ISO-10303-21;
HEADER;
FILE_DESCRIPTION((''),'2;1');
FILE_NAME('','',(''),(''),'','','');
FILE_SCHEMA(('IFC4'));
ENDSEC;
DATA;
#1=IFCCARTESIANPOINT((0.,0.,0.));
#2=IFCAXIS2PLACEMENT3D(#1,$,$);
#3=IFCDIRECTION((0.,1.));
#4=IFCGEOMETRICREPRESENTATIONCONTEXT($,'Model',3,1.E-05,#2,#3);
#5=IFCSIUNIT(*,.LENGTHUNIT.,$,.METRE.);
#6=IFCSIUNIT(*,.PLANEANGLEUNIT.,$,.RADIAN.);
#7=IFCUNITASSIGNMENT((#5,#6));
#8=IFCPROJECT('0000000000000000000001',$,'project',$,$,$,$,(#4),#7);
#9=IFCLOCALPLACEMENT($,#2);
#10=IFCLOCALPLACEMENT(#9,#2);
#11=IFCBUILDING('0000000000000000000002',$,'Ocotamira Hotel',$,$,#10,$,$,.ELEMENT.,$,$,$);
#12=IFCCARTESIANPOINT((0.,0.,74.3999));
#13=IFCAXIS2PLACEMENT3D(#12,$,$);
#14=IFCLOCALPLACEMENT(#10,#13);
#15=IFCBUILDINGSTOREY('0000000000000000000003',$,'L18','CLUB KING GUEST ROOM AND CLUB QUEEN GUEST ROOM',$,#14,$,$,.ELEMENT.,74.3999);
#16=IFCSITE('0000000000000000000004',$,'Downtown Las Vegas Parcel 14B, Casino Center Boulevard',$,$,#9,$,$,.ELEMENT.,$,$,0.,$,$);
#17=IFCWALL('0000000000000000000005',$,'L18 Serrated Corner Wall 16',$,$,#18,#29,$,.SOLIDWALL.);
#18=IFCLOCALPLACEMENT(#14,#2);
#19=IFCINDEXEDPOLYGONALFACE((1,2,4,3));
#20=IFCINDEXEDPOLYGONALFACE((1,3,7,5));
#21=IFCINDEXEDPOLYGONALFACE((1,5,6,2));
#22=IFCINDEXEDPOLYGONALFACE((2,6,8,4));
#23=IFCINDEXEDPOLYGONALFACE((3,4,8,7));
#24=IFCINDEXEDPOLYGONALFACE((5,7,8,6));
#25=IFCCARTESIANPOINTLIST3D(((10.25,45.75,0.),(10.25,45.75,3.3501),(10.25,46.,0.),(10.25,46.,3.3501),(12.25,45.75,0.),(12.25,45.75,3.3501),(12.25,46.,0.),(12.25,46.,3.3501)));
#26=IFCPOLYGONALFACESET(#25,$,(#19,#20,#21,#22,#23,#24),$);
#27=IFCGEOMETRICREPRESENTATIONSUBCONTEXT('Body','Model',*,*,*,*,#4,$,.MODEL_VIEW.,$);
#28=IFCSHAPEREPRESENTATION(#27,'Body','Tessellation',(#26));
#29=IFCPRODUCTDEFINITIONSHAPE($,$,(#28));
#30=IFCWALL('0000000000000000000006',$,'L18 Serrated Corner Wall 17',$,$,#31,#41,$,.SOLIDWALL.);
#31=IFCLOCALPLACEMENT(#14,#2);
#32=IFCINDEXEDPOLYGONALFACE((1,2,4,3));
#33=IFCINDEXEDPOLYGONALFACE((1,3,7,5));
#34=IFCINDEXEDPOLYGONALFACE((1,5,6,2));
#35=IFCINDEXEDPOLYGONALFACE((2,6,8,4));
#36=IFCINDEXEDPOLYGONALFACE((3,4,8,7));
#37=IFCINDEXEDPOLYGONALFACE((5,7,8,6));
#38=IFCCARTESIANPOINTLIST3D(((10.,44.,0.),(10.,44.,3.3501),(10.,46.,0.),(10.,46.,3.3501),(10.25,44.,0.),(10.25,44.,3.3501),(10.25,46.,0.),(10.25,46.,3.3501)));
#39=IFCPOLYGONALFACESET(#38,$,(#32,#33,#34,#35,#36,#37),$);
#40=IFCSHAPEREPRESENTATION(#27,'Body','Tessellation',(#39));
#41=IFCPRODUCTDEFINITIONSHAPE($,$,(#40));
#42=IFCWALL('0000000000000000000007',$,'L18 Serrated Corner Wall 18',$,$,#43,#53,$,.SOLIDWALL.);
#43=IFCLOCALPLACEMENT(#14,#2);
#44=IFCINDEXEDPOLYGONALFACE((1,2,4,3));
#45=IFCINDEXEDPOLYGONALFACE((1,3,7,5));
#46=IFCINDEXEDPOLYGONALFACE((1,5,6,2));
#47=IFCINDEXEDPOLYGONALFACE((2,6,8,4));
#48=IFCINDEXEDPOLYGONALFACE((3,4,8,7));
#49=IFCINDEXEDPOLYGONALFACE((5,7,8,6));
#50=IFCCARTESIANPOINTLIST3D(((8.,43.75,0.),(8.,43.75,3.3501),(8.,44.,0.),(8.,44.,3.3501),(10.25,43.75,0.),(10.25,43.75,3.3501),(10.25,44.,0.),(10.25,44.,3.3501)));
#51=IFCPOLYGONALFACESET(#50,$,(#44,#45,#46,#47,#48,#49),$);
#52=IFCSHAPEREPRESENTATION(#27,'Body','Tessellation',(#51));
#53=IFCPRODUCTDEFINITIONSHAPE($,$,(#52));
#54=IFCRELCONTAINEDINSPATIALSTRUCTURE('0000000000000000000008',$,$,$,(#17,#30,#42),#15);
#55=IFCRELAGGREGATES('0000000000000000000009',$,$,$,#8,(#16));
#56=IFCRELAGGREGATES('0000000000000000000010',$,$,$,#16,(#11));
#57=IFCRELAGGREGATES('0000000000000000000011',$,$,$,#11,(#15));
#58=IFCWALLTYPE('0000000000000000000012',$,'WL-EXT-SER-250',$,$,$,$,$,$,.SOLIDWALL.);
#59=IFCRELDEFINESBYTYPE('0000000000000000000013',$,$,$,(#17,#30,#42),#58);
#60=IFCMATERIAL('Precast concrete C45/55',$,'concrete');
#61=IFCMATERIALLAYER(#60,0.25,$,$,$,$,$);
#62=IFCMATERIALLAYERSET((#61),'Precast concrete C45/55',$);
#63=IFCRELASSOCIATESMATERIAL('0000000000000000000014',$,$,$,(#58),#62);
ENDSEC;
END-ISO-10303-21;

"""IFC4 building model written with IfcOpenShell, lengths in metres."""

from ifc_helpers import new_model, si_unit, direction, frame, frame_2d, origin, place, context, subcontext, project, spatial, rectangle, extrude, material, layer, layer_set, type_object, element, save


model = new_model("IFC4")

# Units and contexts
model_context = context("Model", 3, precision=1e-05, world=origin(), true_north=direction((0.0, 1.0)))
body_context = subcontext(model_context, "Body", "Model", "MODEL_VIEW")
ifc_project = project(units=[si_unit("LENGTHUNIT", "METRE"), si_unit("PLANEANGLEUNIT", "RADIAN")], contexts=[model_context])

# Site, building, storey
site_placement = place(None, origin())
site = spatial("IfcSite", under=ifc_project, at=site_placement, Name="Downtown Las Vegas Parcel 14B, Casino Center Boulevard", CompositionType="ELEMENT", RefElevation=0.0)
building_placement = place(site_placement, origin())
building = spatial("IfcBuilding", under=site, at=building_placement, Name="Ocotamira Hotel", CompositionType="ELEMENT")
storey_placement = place(building_placement, frame((0.0, 0.0, 74.3999)))
storey = spatial("IfcBuildingStorey", under=building, at=storey_placement, Name="L18", Description="CLUB KING GUEST ROOM AND CLUB QUEEN GUEST ROOM", CompositionType="ELEMENT", Elevation=74.3999)

# Shared definitions
ifc_material_1 = material(Name="Precast concrete C45/55", Category="concrete")
ifc_layer_1 = layer(ifc_material_1, 0.25)
ifc_layer_set_1 = layer_set([ifc_layer_1], Name="Precast concrete C45/55")
wall_type_1 = type_object("IfcWallType", Name="WL-EXT-SER-250", PredefinedType="SOLIDWALL", material=ifc_layer_set_1)

# Walls
for number, where, z_axis, x_axis, name in (
    (1, (12.25, 45.875, 0.0), (0.0, 0.0, 1.0), (-1.0, 0.0, 0.0), "L18 Serrated Corner Wall 16"),
    (2, (10.125, 46.0, 0.0), (0.0, 0.0, 1.0), (0.0, -1.0, 0.0), "L18 Serrated Corner Wall 17"),
):
    element("IfcWall", number, at=place(storey_placement, frame(where, z_axis=z_axis, x_axis=x_axis)), inside=storey, type_object=wall_type_1, Name=name, PredefinedType="SOLIDWALL", context=body_context, shape_type="SweptSolid", body=[
        extrude(rectangle(XDim=2.0, YDim=0.25, at=frame_2d((1.0, 0.0))), origin(), (0.0, 0.0, 1.0), 3.3501),
    ])
wall_1_placement = place(storey_placement, frame((10.25, 43.875, 0.0), z_axis=(0.0, 0.0, 1.0), x_axis=(-1.0, 0.0, 0.0)))
element("IfcWall", 3, at=wall_1_placement, inside=storey, type_object=wall_type_1, Name="L18 Serrated Corner Wall 18", PredefinedType="SOLIDWALL", context=body_context, shape_type="SweptSolid", body=[
    extrude(rectangle(XDim=2.25, YDim=0.25, at=frame_2d((1.125, 0.0))), origin(), (0.0, 0.0, 1.0), 3.3501),
])

save(model, "model.ifc")
